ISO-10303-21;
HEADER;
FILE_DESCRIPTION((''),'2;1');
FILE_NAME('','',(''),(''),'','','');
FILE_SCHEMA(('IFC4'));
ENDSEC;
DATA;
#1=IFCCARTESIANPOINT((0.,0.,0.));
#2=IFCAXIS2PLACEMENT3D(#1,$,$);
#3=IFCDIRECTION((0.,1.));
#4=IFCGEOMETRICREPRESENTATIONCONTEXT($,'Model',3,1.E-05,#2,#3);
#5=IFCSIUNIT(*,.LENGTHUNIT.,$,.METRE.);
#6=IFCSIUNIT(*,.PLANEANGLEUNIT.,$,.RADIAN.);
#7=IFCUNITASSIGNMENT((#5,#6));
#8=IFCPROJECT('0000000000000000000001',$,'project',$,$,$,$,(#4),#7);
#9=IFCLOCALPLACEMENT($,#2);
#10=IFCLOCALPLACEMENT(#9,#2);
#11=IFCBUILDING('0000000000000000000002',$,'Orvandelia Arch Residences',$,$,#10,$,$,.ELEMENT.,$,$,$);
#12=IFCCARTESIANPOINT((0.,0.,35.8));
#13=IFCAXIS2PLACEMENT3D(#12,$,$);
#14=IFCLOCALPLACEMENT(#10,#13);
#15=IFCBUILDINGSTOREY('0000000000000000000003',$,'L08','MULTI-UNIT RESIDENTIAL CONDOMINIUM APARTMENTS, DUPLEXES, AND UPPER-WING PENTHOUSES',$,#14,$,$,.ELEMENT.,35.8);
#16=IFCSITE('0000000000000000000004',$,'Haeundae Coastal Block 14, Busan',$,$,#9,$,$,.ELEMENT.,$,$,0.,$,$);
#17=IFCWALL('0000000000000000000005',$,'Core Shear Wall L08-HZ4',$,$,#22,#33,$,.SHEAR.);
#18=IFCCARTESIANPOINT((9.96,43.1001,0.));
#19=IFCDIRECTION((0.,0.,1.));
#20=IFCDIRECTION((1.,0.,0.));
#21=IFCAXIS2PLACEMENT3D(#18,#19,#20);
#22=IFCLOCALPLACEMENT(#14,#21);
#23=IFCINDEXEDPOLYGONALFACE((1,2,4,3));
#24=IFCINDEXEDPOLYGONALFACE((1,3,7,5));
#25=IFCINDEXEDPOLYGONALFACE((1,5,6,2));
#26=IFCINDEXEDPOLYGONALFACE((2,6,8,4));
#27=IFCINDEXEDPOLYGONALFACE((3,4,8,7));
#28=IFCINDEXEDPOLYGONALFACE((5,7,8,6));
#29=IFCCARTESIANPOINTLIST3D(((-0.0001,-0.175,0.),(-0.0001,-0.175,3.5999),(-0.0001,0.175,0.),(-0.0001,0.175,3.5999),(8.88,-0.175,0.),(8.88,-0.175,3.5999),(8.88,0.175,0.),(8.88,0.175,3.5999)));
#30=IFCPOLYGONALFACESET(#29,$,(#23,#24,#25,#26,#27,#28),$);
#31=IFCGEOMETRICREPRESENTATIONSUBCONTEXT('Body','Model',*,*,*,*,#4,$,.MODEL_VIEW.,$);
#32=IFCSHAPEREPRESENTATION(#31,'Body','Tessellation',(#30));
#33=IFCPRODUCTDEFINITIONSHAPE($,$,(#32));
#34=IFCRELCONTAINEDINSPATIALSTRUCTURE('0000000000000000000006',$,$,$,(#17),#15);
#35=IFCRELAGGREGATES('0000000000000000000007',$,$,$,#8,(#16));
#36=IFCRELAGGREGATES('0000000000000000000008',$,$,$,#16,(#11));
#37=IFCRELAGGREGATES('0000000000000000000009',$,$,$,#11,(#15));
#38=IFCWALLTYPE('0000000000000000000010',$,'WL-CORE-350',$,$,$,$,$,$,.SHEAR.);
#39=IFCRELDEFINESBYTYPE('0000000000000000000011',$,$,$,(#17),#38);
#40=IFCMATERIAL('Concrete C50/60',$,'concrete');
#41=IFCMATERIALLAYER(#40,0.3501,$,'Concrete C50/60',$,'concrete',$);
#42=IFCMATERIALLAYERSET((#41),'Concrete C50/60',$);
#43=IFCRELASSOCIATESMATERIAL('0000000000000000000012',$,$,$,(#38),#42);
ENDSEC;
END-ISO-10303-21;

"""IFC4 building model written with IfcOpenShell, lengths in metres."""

from ifc_helpers import new_model, si_unit, direction, frame, frame_2d, origin, place, context, subcontext, project, spatial, rectangle, extrude, material, layer, layer_set, type_object, element, save


model = new_model("IFC4")

# Units and contexts
model_context = context("Model", 3, precision=1e-05, world=origin(), true_north=direction((0.0, 1.0)))
body_context = subcontext(model_context, "Body", "Model", "MODEL_VIEW")
ifc_project = project(units=[si_unit("LENGTHUNIT", "METRE"), si_unit("PLANEANGLEUNIT", "RADIAN")], contexts=[model_context])

# Site, building, storey
site_placement = place(None, origin())
site = spatial("IfcSite", under=ifc_project, at=site_placement, Name="Haeundae Coastal Block 14, Busan", CompositionType="ELEMENT", RefElevation=0.0)
building_placement = place(site_placement, origin())
building = spatial("IfcBuilding", under=site, at=building_placement, Name="Orvandelia Arch Residences", CompositionType="ELEMENT")
storey_placement = place(building_placement, frame((0.0, 0.0, 35.8)))
storey = spatial("IfcBuildingStorey", under=building, at=storey_placement, Name="L08", Description="MULTI-UNIT RESIDENTIAL CONDOMINIUM APARTMENTS, DUPLEXES, AND UPPER-WING PENTHOUSES", CompositionType="ELEMENT", Elevation=35.8)

# Wall
ifc_material_1 = material(Name="Concrete C50/60", Category="concrete")
ifc_layer_1 = layer(ifc_material_1, 0.3501, Name="Concrete C50/60", Category="concrete")
ifc_layer_set_1 = layer_set([ifc_layer_1], Name="Concrete C50/60")
wall_type_1 = type_object("IfcWallType", Name="WL-CORE-350", PredefinedType="SHEAR", material=ifc_layer_set_1)
wall_1_placement = place(storey_placement, frame((9.96, 43.1001, 0.0), z_axis=(0.0, 0.0, 1.0), x_axis=(1.0, 0.0, 0.0)))
element("IfcWall", 1, at=wall_1_placement, inside=storey, type_object=wall_type_1, Name="Core Shear Wall L08-HZ4", PredefinedType="SHEAR", context=body_context, shape_type="SweptSolid", body=[
    extrude(rectangle(XDim=8.8801, YDim=0.3501, at=frame_2d((4.4399, 0.0))), origin(), (0.0, 0.0, 1.0), 3.5999),
])

save(model, "model.ifc")
